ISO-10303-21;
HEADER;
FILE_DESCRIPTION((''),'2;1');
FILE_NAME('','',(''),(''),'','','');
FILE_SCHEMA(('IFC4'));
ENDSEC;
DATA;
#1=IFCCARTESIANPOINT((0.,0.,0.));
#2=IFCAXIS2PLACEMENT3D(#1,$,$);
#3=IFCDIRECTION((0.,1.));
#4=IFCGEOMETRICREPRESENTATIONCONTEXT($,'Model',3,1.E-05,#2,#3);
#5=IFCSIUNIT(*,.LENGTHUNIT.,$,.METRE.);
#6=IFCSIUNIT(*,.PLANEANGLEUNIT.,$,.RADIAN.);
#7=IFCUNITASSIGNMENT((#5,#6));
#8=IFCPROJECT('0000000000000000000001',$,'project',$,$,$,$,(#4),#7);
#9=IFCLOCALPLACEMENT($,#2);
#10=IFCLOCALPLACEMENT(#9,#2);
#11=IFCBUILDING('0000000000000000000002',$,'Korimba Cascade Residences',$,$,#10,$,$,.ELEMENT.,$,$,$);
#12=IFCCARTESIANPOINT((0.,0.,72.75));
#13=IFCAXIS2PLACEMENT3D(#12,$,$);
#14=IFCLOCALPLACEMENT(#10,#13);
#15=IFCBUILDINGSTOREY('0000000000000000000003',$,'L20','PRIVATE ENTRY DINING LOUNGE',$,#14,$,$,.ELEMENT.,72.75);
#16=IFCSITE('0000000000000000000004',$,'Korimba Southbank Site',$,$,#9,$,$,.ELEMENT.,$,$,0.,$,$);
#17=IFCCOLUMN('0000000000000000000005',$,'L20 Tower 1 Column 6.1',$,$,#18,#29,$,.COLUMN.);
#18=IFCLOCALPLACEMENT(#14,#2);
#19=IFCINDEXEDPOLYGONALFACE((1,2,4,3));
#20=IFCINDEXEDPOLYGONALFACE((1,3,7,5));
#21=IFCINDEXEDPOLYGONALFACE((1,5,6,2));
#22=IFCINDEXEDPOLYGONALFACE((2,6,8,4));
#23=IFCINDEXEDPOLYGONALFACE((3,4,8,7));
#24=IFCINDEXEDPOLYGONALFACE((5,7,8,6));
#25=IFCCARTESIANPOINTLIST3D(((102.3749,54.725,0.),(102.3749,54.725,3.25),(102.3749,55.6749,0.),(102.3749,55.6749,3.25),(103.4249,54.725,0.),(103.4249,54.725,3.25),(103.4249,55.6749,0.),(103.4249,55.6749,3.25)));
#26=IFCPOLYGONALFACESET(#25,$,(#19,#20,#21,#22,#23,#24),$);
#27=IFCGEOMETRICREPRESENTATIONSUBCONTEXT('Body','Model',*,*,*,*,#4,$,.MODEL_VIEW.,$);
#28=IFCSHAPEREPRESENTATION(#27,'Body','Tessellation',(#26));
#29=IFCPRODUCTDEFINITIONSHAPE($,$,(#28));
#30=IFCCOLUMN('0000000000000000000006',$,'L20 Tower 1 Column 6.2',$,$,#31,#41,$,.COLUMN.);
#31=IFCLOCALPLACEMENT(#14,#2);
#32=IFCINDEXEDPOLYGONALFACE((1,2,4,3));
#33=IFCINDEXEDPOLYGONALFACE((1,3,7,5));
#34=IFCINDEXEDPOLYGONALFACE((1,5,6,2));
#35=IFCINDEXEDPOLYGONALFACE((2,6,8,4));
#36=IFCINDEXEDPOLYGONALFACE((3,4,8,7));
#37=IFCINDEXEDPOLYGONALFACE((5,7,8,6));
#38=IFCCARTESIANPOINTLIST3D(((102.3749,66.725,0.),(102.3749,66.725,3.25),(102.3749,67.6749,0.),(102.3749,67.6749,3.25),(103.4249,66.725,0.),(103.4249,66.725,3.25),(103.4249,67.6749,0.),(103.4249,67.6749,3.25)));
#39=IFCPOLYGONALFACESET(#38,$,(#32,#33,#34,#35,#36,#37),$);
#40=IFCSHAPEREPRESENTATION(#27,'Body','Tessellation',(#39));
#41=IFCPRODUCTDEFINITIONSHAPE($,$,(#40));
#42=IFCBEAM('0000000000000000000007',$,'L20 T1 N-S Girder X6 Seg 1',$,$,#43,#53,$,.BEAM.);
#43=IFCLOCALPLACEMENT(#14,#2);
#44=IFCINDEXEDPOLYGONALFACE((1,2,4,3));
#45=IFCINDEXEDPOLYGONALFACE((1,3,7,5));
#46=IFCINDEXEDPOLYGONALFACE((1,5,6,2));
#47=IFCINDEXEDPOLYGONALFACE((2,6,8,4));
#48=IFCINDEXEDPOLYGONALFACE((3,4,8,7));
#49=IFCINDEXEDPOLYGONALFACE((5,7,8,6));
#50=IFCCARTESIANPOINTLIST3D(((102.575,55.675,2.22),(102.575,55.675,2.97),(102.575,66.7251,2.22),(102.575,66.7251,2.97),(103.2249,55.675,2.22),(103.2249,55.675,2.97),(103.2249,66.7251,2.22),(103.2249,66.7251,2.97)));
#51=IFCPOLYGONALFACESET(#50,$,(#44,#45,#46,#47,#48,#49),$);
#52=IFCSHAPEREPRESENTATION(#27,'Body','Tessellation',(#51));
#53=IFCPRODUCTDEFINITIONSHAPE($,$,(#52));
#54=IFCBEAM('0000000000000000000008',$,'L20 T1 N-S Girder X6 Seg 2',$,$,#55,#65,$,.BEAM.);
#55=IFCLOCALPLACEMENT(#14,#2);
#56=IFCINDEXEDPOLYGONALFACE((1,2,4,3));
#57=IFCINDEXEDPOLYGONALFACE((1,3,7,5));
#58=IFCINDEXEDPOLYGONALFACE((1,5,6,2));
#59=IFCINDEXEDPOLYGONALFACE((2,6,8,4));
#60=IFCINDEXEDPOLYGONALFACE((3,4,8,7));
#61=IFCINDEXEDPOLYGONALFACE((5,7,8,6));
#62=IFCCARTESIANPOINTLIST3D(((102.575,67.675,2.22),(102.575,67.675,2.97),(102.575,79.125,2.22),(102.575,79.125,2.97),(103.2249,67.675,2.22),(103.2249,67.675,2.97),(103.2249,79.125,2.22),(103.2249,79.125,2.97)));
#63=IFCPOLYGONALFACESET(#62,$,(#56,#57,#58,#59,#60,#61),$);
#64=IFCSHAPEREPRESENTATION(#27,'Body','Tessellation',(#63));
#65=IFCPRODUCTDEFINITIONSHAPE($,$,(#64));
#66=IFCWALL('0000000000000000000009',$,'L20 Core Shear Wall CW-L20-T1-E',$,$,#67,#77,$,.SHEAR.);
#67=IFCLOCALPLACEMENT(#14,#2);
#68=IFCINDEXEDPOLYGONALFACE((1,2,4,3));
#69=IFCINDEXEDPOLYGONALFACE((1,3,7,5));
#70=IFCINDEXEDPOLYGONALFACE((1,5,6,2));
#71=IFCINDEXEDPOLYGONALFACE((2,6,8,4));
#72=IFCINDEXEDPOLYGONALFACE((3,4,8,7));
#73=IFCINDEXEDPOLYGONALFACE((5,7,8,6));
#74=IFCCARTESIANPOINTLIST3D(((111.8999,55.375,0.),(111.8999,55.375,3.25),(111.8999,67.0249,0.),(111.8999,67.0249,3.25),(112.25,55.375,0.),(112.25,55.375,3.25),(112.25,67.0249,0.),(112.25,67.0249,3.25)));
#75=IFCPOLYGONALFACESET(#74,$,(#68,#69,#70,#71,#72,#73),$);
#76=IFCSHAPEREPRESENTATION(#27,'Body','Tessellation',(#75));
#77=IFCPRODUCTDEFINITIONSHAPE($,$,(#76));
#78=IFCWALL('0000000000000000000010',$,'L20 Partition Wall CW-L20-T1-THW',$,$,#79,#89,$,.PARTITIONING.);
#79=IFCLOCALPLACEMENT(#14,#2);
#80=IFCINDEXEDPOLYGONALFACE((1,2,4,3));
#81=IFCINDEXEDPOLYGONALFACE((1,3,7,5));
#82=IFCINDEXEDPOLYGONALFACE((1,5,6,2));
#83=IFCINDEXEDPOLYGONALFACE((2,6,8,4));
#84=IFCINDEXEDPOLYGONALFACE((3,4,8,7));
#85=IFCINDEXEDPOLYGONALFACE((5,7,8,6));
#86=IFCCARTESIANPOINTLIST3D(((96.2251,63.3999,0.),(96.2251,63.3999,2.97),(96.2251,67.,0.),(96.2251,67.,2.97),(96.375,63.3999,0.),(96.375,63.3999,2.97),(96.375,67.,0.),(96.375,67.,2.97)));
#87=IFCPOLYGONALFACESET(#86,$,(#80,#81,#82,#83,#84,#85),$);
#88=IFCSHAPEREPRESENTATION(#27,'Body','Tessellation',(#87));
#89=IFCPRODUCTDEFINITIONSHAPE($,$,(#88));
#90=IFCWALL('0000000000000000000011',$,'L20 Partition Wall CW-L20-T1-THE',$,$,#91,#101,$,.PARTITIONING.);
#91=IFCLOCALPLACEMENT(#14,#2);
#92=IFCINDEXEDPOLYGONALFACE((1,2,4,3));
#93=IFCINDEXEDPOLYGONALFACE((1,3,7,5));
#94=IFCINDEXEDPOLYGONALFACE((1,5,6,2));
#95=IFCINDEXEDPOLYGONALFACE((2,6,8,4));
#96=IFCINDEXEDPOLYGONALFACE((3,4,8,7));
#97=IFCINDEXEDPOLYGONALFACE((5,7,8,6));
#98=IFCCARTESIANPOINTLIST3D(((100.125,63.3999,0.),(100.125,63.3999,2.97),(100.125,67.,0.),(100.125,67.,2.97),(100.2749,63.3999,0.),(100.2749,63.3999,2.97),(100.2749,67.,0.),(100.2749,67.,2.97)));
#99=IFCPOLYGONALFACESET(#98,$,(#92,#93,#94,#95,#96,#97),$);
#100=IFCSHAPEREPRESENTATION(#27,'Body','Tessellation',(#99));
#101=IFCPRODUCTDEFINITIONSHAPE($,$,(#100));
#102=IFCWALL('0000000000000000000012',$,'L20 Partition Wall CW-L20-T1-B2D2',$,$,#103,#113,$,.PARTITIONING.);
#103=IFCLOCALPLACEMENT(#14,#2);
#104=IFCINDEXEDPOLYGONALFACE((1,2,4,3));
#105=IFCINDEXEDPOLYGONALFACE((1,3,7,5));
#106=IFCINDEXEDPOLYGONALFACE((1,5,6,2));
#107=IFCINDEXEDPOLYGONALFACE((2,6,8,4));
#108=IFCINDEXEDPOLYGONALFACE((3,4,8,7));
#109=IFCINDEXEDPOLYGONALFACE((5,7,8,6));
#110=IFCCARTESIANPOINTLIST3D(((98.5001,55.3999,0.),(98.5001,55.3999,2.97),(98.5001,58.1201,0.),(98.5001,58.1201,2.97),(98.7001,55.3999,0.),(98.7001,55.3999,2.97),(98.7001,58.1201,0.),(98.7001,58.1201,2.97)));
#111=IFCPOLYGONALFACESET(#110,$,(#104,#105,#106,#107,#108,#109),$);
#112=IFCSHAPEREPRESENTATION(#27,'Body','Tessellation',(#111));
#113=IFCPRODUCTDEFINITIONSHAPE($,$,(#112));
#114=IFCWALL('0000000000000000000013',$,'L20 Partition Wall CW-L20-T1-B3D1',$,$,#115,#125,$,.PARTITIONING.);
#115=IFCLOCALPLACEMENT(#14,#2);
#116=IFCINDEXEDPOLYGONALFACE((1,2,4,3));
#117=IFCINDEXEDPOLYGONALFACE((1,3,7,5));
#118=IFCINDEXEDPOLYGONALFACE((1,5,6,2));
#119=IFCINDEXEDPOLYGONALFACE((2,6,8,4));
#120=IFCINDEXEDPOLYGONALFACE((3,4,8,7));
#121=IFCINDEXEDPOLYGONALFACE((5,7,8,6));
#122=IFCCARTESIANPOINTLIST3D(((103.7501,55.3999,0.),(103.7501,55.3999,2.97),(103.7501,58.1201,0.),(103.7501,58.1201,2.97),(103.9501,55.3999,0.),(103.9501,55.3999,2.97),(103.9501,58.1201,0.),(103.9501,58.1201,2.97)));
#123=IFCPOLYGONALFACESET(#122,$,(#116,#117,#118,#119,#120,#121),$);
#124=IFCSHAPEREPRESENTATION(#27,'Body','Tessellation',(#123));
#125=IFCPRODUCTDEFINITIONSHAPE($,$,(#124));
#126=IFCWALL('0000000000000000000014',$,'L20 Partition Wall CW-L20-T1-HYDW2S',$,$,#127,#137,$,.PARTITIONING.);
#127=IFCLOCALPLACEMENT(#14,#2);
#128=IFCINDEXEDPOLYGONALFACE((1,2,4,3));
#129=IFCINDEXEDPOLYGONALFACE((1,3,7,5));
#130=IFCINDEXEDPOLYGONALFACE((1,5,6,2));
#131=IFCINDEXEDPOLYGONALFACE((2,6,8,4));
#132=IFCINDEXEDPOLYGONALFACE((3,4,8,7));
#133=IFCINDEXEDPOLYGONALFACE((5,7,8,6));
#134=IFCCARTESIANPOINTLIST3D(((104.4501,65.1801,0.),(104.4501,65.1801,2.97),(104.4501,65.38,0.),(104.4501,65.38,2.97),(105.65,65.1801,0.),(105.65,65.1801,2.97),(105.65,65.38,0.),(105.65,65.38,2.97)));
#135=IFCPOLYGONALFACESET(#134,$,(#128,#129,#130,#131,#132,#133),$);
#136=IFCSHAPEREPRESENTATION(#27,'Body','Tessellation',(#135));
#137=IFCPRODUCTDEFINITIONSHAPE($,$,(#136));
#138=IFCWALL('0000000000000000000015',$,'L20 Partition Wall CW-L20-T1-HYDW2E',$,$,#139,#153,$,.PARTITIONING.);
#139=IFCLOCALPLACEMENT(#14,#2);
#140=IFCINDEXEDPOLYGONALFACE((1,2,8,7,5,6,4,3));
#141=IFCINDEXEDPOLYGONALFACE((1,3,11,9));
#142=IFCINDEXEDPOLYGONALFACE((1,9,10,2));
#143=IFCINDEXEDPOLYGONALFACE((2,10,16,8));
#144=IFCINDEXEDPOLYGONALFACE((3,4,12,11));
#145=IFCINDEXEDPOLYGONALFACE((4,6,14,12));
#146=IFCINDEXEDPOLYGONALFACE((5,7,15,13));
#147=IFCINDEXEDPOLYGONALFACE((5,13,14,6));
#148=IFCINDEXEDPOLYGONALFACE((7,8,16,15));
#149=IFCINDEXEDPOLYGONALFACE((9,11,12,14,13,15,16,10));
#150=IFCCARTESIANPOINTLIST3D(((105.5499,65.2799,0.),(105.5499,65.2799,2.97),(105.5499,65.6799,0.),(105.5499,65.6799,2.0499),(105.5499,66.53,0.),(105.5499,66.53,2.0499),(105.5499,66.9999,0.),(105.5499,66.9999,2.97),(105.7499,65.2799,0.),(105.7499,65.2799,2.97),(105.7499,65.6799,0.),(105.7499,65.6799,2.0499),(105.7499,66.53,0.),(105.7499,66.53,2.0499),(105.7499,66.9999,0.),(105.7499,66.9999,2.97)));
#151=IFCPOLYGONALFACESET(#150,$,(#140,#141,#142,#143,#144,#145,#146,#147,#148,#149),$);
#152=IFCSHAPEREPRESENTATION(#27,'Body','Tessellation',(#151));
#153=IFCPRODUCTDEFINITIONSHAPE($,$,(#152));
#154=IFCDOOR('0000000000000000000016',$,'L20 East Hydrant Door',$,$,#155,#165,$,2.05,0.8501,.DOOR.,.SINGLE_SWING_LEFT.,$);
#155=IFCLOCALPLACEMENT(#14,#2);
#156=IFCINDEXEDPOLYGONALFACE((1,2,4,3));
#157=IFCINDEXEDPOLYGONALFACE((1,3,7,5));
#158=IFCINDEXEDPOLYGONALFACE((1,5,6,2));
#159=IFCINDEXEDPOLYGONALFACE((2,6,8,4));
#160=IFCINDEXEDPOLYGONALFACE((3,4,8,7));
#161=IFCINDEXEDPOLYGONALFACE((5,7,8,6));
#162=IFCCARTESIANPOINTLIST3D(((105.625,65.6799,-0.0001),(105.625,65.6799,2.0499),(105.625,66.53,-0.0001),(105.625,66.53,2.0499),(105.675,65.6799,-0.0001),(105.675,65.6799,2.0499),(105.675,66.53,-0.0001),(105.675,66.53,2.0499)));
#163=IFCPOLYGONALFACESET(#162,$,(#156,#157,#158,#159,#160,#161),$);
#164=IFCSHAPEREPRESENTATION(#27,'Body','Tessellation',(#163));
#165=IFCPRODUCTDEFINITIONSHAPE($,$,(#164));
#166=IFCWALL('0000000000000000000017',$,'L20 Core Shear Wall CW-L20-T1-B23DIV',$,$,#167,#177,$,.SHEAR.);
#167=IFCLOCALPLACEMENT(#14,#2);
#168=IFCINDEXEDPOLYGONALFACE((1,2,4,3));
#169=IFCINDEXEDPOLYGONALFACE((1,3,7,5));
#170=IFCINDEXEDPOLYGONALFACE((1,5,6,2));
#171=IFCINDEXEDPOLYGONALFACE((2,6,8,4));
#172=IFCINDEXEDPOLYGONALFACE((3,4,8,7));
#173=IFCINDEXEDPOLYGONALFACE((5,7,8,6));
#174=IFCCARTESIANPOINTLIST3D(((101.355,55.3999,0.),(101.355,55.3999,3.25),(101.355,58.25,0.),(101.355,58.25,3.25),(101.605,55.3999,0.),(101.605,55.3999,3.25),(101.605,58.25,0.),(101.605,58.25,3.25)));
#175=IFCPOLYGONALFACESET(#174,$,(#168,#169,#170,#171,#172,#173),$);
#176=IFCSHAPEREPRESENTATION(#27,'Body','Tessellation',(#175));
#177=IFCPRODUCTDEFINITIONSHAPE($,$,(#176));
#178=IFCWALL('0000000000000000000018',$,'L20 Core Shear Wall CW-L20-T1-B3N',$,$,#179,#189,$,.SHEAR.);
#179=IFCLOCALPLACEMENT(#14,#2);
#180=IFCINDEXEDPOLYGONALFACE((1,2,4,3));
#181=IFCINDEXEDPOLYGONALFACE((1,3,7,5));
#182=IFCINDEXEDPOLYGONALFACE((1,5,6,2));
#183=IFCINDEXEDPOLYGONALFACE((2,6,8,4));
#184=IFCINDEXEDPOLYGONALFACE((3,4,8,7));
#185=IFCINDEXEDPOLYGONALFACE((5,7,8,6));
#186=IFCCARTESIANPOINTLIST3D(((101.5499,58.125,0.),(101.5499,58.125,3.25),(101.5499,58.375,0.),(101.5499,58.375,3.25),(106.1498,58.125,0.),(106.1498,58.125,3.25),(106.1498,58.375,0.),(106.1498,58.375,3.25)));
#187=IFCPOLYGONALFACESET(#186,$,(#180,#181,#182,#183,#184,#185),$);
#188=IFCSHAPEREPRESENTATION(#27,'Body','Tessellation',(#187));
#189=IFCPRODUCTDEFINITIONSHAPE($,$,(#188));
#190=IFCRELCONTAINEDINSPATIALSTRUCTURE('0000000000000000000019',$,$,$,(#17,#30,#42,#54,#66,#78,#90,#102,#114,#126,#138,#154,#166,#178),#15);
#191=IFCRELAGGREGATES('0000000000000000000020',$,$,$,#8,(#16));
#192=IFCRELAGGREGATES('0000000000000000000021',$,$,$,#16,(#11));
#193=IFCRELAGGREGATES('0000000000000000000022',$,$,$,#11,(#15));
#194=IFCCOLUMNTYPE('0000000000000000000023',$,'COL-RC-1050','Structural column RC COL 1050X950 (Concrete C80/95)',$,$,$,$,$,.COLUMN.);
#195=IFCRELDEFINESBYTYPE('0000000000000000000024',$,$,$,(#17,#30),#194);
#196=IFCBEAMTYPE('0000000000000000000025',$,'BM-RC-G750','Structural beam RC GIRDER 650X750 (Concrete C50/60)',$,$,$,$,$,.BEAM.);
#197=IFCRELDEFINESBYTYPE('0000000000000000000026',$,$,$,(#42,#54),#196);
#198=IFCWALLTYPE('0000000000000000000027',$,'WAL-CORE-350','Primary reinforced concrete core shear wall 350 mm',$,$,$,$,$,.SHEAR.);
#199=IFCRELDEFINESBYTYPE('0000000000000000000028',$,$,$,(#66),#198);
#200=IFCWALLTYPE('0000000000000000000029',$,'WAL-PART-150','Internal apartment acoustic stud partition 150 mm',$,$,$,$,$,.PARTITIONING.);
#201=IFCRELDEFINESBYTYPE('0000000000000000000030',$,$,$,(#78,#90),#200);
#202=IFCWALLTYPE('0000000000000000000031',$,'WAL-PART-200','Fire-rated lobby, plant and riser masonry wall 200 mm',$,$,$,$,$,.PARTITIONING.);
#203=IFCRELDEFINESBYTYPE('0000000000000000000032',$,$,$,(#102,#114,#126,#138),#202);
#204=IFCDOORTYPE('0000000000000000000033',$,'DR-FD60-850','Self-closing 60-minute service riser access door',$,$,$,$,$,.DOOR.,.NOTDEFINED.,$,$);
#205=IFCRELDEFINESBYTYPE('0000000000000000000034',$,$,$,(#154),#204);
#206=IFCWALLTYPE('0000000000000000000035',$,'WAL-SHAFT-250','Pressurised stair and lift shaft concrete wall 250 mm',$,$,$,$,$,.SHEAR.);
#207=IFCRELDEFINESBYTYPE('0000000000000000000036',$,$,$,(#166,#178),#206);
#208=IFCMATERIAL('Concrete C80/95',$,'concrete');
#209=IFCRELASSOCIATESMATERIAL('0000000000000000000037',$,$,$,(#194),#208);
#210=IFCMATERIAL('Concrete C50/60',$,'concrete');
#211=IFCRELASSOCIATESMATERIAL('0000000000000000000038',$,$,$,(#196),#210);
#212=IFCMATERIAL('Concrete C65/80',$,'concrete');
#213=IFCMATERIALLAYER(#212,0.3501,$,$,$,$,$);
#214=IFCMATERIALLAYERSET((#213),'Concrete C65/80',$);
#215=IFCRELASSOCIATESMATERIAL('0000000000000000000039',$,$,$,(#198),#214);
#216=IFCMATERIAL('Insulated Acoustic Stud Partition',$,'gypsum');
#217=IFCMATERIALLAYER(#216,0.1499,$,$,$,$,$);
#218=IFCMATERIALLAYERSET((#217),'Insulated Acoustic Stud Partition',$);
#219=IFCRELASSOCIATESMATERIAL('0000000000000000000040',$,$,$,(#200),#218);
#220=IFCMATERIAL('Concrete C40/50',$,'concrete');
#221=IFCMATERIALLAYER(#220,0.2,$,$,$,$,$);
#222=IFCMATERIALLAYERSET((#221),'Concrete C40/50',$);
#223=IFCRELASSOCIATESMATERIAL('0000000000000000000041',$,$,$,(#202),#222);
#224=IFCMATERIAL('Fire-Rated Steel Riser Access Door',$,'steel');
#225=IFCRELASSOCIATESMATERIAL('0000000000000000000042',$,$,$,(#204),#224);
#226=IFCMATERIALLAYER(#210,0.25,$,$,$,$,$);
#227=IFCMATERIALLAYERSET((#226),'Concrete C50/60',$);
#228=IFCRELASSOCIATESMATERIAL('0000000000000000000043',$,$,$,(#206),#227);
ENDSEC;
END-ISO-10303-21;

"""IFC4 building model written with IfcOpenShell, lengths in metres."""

from ifc_helpers import new_model, si_unit, direction, frame, frame_2d, origin, origin_2d, place, context, subcontext, project, spatial, rectangle, extrude, material, layer, layer_set, material_profile, profile_set, type_object, element, fill, save


model = new_model("IFC4")

# Units and contexts
model_context = context("Model", 3, precision=1e-05, world=origin(), true_north=direction((0.0, 1.0)))
body_context = subcontext(model_context, "Body", "Model", "MODEL_VIEW")
ifc_project = project(units=[si_unit("LENGTHUNIT", "METRE"), si_unit("PLANEANGLEUNIT", "RADIAN")], contexts=[model_context])

# Site, building, storey
site_placement = place(None, origin())
site = spatial("IfcSite", under=ifc_project, at=site_placement, Name="Korimba Southbank Site", CompositionType="ELEMENT", RefElevation=0.0)
building_placement = place(site_placement, origin())
building = spatial("IfcBuilding", under=site, at=building_placement, Name="Korimba Cascade Residences", CompositionType="ELEMENT")
storey_placement = place(building_placement, frame((0.0, 0.0, 72.75)))
storey = spatial("IfcBuildingStorey", under=building, at=storey_placement, Name="L20", Description="PRIVATE ENTRY DINING LOUNGE", CompositionType="ELEMENT", Elevation=72.75)

# Columns
ifc_material_1 = material(Name="Concrete C80/95", Category="concrete")
ifc_material_profile_1 = material_profile(ifc_material_1, rectangle(XDim=1.05, YDim=0.95, at=origin_2d()), Name="Concrete C80/95")
ifc_profile_set_1 = profile_set([ifc_material_profile_1], Name="Concrete C80/95")
column_type = type_object("IfcColumnType", Name="COL-RC-1050", Description="Structural column RC COL 1050X950 (Concrete C80/95)", PredefinedType="COLUMN", material=ifc_profile_set_1)
for number, where, z_axis, x_axis, name in (
    (1, (102.8999, 55.2, 0.0), (0.0, 0.0, 1.0), (1.0, 0.0, 0.0), "L20 Tower 1 Column 6.1"),
    (2, (102.8999, 67.2, 0.0), (0.0, 0.0, 1.0), (1.0, 0.0, 0.0), "L20 Tower 1 Column 6.2"),
):
    element("IfcColumn", number, at=place(storey_placement, frame(where, z_axis=z_axis, x_axis=x_axis)), inside=storey, type_object=column_type, Name=name, PredefinedType="COLUMN", context=body_context, shape_type="SweptSolid", body=[
        extrude(rectangle(XDim=1.05, YDim=0.95, at=origin_2d()), origin(), (0.0, 0.0, 1.0), 3.25),
    ])

# Beams
ifc_material_2 = material(Name="Concrete C50/60", Category="concrete")
ifc_material_profile_2 = material_profile(ifc_material_2, rectangle(XDim=0.6499, YDim=0.75, at=origin_2d()), Name="Concrete C50/60")
ifc_profile_set_2 = profile_set([ifc_material_profile_2], Name="Concrete C50/60")
beam_type = type_object("IfcBeamType", Name="BM-RC-G750", Description="Structural beam RC GIRDER 650X750 (Concrete C50/60)", PredefinedType="BEAM", material=ifc_profile_set_2)
beam_1_placement = place(storey_placement, frame((102.8999, 55.675, 2.595), z_axis=(0.0, 1.0, 0.0), x_axis=(-1.0, 0.0, 0.0)))
element("IfcBeam", 3, at=beam_1_placement, inside=storey, type_object=beam_type, Name="L20 T1 N-S Girder X6 Seg 1", PredefinedType="BEAM", context=body_context, shape_type="SweptSolid", body=[
    extrude(rectangle(XDim=0.6499, YDim=0.75, at=origin_2d()), origin(), (0.0, 0.0, 1.0), 11.05),
])
beam_2_placement = place(storey_placement, frame((102.8999, 67.675, 2.595), z_axis=(0.0, 1.0, 0.0), x_axis=(-1.0, 0.0, 0.0)))
element("IfcBeam", 4, at=beam_2_placement, inside=storey, type_object=beam_type, Name="L20 T1 N-S Girder X6 Seg 2", PredefinedType="BEAM", context=body_context, shape_type="SweptSolid", body=[
    extrude(rectangle(XDim=0.6499, YDim=0.75, at=origin_2d()), origin(), (0.0, 0.0, 1.0), 11.45),
])

# Walls
ifc_material_3 = material(Name="Concrete C65/80", Category="concrete")
ifc_layer_1 = layer(ifc_material_3, 0.3501)
ifc_layer_set_1 = layer_set([ifc_layer_1], Name="Concrete C65/80")
wall_type_1 = type_object("IfcWallType", Name="WAL-CORE-350", Description="Primary reinforced concrete core shear wall 350 mm", PredefinedType="SHEAR", material=ifc_layer_set_1)
wall_1_placement = place(storey_placement, frame((112.075, 55.375, 0.0), z_axis=(0.0, 0.0, 1.0), x_axis=(0.0, 1.0, 0.0)))
element("IfcWall", 5, at=wall_1_placement, inside=storey, type_object=wall_type_1, Name="L20 Core Shear Wall CW-L20-T1-E", PredefinedType="SHEAR", context=body_context, shape_type="SweptSolid", body=[
    extrude(rectangle(XDim=11.6499, YDim=0.3501, at=frame_2d((5.825, 0.0))), origin(), (0.0, 0.0, 1.0), 3.25),
])
ifc_material_4 = material(Name="Insulated Acoustic Stud Partition", Category="gypsum")
ifc_layer_2 = layer(ifc_material_4, 0.1499)
ifc_layer_set_2 = layer_set([ifc_layer_2], Name="Insulated Acoustic Stud Partition")
wall_type_2 = type_object("IfcWallType", Name="WAL-PART-150", Description="Internal apartment acoustic stud partition 150 mm", PredefinedType="PARTITIONING", material=ifc_layer_set_2)
for number, where, z_axis, x_axis, name in (
    (6, (96.3, 63.3999, 0.0), (0.0, 0.0, 1.0), (0.0, 1.0, 0.0), "L20 Partition Wall CW-L20-T1-THW"),
    (7, (100.2, 63.3999, 0.0), (0.0, 0.0, 1.0), (0.0, 1.0, 0.0), "L20 Partition Wall CW-L20-T1-THE"),
):
    element("IfcWall", number, at=place(storey_placement, frame(where, z_axis=z_axis, x_axis=x_axis)), inside=storey, type_object=wall_type_2, Name=name, PredefinedType="PARTITIONING", context=body_context, shape_type="SweptSolid", body=[
        extrude(rectangle(XDim=3.6001, YDim=0.1499, at=frame_2d((1.8, 0.0))), origin(), (0.0, 0.0, 1.0), 2.97),
    ])
ifc_material_5 = material(Name="Concrete C40/50", Category="concrete")
ifc_layer_3 = layer(ifc_material_5, 0.2)
ifc_layer_set_3 = layer_set([ifc_layer_3], Name="Concrete C40/50")
wall_type_3 = type_object("IfcWallType", Name="WAL-PART-200", Description="Fire-rated lobby, plant and riser masonry wall 200 mm", PredefinedType="PARTITIONING", material=ifc_layer_set_3)
for number, where, z_axis, x_axis, name in (
    (8, (98.6001, 55.3999, 0.0), (0.0, 0.0, 1.0), (0.0, 1.0, 0.0), "L20 Partition Wall CW-L20-T1-B2D2"),
    (9, (103.8501, 55.3999, 0.0), (0.0, 0.0, 1.0), (0.0, 1.0, 0.0), "L20 Partition Wall CW-L20-T1-B3D1"),
):
    element("IfcWall", number, at=place(storey_placement, frame(where, z_axis=z_axis, x_axis=x_axis)), inside=storey, type_object=wall_type_3, Name=name, PredefinedType="PARTITIONING", context=body_context, shape_type="SweptSolid", body=[
        extrude(rectangle(XDim=2.7202, YDim=0.2, at=frame_2d((1.3601, 0.0))), origin(), (0.0, 0.0, 1.0), 2.97),
    ])
wall_2_placement = place(storey_placement, frame((104.45, 65.28, 0.0), z_axis=(0.0, 0.0, 1.0), x_axis=(1.0, 0.0, 0.0)))
element("IfcWall", 10, at=wall_2_placement, inside=storey, type_object=wall_type_3, Name="L20 Partition Wall CW-L20-T1-HYDW2S", PredefinedType="PARTITIONING", context=body_context, shape_type="SweptSolid", body=[
    extrude(rectangle(XDim=1.2, YDim=0.2, at=frame_2d((0.6001, 0.0))), origin(), (0.0, 0.0, 1.0), 2.97),
])

# Wall, opening, door
wall_3_placement = place(storey_placement, frame((105.6499, 65.28, 0.0), z_axis=(0.0, 0.0, 1.0), x_axis=(0.0, 1.0, 0.0)))
wall_3 = element("IfcWall", 11, at=wall_3_placement, inside=storey, type_object=wall_type_3, Name="L20 Partition Wall CW-L20-T1-HYDW2E", PredefinedType="PARTITIONING", context=body_context, shape_type="SweptSolid", body=[
    extrude(rectangle(XDim=1.72, YDim=0.2, at=frame_2d((0.8599, 0.0))), origin(), (0.0, 0.0, 1.0), 2.97),
])
opening_1_placement = place(wall_3_placement, frame((0.3999, 0.0, 0.0)))
opening_1 = element("IfcOpeningElement", 12, at=opening_1_placement, cuts=wall_3, PredefinedType="OPENING", context=body_context, shape_type="SweptSolid", body=[
    extrude(rectangle(XDim=0.8501, YDim=2.05, at=frame_2d((0.425, 1.0249))), frame((0.0, 0.1099, 0.0), z_axis=(0.0, -1.0, 0.0), x_axis=(1.0, 0.0, 0.0)), (0.0, 0.0, 1.0), 0.22),
])
ifc_material_6 = material(Name="Fire-Rated Steel Riser Access Door", Category="steel")
door_type_1 = type_object("IfcDoorType", Name="DR-FD60-850", Description="Self-closing 60-minute service riser access door", OperationType="NOTDEFINED", PredefinedType="DOOR", material=ifc_material_6)
door_1_placement = place(opening_1_placement, origin())
door_1 = element("IfcDoor", 13, at=door_1_placement, inside=storey, type_object=door_type_1, Name="L20 East Hydrant Door", OperationType="SINGLE_SWING_LEFT", OverallHeight=2.05, OverallWidth=0.8501, PredefinedType="DOOR", context=body_context, shape_type="SweptSolid", body=[
    extrude(rectangle(XDim=0.8501, YDim=2.05, at=frame_2d((0.425, 1.0249))), frame((0.0, 0.0249, 0.0), z_axis=(0.0, -1.0, 0.0), x_axis=(1.0, 0.0, 0.0)), (0.0, 0.0, 1.0), 0.05),
])
fill(opening_1, door_1)

# Walls
ifc_layer_4 = layer(ifc_material_2, 0.25)
ifc_layer_set_4 = layer_set([ifc_layer_4], Name="Concrete C50/60")
wall_type_4 = type_object("IfcWallType", Name="WAL-SHAFT-250", Description="Pressurised stair and lift shaft concrete wall 250 mm", PredefinedType="SHEAR", material=ifc_layer_set_4)
wall_4_placement = place(storey_placement, frame((101.48, 55.3999, 0.0), z_axis=(0.0, 0.0, 1.0), x_axis=(0.0, 1.0, 0.0)))
element("IfcWall", 14, at=wall_4_placement, inside=storey, type_object=wall_type_4, Name="L20 Core Shear Wall CW-L20-T1-B23DIV", PredefinedType="SHEAR", context=body_context, shape_type="SweptSolid", body=[
    extrude(rectangle(XDim=2.8501, YDim=0.25, at=frame_2d((1.425, 0.0))), origin(), (0.0, 0.0, 1.0), 3.25),
])
wall_5_placement = place(storey_placement, frame((101.55, 58.25, 0.0), z_axis=(0.0, 0.0, 1.0), x_axis=(1.0, 0.0, 0.0)))
element("IfcWall", 15, at=wall_5_placement, inside=storey, type_object=wall_type_4, Name="L20 Core Shear Wall CW-L20-T1-B3N", PredefinedType="SHEAR", context=body_context, shape_type="SweptSolid", body=[
    extrude(rectangle(XDim=4.5999, YDim=0.25, at=frame_2d((2.2998, 0.0))), origin(), (0.0, 0.0, 1.0), 3.25),
])

save(model, "model.ifc")
